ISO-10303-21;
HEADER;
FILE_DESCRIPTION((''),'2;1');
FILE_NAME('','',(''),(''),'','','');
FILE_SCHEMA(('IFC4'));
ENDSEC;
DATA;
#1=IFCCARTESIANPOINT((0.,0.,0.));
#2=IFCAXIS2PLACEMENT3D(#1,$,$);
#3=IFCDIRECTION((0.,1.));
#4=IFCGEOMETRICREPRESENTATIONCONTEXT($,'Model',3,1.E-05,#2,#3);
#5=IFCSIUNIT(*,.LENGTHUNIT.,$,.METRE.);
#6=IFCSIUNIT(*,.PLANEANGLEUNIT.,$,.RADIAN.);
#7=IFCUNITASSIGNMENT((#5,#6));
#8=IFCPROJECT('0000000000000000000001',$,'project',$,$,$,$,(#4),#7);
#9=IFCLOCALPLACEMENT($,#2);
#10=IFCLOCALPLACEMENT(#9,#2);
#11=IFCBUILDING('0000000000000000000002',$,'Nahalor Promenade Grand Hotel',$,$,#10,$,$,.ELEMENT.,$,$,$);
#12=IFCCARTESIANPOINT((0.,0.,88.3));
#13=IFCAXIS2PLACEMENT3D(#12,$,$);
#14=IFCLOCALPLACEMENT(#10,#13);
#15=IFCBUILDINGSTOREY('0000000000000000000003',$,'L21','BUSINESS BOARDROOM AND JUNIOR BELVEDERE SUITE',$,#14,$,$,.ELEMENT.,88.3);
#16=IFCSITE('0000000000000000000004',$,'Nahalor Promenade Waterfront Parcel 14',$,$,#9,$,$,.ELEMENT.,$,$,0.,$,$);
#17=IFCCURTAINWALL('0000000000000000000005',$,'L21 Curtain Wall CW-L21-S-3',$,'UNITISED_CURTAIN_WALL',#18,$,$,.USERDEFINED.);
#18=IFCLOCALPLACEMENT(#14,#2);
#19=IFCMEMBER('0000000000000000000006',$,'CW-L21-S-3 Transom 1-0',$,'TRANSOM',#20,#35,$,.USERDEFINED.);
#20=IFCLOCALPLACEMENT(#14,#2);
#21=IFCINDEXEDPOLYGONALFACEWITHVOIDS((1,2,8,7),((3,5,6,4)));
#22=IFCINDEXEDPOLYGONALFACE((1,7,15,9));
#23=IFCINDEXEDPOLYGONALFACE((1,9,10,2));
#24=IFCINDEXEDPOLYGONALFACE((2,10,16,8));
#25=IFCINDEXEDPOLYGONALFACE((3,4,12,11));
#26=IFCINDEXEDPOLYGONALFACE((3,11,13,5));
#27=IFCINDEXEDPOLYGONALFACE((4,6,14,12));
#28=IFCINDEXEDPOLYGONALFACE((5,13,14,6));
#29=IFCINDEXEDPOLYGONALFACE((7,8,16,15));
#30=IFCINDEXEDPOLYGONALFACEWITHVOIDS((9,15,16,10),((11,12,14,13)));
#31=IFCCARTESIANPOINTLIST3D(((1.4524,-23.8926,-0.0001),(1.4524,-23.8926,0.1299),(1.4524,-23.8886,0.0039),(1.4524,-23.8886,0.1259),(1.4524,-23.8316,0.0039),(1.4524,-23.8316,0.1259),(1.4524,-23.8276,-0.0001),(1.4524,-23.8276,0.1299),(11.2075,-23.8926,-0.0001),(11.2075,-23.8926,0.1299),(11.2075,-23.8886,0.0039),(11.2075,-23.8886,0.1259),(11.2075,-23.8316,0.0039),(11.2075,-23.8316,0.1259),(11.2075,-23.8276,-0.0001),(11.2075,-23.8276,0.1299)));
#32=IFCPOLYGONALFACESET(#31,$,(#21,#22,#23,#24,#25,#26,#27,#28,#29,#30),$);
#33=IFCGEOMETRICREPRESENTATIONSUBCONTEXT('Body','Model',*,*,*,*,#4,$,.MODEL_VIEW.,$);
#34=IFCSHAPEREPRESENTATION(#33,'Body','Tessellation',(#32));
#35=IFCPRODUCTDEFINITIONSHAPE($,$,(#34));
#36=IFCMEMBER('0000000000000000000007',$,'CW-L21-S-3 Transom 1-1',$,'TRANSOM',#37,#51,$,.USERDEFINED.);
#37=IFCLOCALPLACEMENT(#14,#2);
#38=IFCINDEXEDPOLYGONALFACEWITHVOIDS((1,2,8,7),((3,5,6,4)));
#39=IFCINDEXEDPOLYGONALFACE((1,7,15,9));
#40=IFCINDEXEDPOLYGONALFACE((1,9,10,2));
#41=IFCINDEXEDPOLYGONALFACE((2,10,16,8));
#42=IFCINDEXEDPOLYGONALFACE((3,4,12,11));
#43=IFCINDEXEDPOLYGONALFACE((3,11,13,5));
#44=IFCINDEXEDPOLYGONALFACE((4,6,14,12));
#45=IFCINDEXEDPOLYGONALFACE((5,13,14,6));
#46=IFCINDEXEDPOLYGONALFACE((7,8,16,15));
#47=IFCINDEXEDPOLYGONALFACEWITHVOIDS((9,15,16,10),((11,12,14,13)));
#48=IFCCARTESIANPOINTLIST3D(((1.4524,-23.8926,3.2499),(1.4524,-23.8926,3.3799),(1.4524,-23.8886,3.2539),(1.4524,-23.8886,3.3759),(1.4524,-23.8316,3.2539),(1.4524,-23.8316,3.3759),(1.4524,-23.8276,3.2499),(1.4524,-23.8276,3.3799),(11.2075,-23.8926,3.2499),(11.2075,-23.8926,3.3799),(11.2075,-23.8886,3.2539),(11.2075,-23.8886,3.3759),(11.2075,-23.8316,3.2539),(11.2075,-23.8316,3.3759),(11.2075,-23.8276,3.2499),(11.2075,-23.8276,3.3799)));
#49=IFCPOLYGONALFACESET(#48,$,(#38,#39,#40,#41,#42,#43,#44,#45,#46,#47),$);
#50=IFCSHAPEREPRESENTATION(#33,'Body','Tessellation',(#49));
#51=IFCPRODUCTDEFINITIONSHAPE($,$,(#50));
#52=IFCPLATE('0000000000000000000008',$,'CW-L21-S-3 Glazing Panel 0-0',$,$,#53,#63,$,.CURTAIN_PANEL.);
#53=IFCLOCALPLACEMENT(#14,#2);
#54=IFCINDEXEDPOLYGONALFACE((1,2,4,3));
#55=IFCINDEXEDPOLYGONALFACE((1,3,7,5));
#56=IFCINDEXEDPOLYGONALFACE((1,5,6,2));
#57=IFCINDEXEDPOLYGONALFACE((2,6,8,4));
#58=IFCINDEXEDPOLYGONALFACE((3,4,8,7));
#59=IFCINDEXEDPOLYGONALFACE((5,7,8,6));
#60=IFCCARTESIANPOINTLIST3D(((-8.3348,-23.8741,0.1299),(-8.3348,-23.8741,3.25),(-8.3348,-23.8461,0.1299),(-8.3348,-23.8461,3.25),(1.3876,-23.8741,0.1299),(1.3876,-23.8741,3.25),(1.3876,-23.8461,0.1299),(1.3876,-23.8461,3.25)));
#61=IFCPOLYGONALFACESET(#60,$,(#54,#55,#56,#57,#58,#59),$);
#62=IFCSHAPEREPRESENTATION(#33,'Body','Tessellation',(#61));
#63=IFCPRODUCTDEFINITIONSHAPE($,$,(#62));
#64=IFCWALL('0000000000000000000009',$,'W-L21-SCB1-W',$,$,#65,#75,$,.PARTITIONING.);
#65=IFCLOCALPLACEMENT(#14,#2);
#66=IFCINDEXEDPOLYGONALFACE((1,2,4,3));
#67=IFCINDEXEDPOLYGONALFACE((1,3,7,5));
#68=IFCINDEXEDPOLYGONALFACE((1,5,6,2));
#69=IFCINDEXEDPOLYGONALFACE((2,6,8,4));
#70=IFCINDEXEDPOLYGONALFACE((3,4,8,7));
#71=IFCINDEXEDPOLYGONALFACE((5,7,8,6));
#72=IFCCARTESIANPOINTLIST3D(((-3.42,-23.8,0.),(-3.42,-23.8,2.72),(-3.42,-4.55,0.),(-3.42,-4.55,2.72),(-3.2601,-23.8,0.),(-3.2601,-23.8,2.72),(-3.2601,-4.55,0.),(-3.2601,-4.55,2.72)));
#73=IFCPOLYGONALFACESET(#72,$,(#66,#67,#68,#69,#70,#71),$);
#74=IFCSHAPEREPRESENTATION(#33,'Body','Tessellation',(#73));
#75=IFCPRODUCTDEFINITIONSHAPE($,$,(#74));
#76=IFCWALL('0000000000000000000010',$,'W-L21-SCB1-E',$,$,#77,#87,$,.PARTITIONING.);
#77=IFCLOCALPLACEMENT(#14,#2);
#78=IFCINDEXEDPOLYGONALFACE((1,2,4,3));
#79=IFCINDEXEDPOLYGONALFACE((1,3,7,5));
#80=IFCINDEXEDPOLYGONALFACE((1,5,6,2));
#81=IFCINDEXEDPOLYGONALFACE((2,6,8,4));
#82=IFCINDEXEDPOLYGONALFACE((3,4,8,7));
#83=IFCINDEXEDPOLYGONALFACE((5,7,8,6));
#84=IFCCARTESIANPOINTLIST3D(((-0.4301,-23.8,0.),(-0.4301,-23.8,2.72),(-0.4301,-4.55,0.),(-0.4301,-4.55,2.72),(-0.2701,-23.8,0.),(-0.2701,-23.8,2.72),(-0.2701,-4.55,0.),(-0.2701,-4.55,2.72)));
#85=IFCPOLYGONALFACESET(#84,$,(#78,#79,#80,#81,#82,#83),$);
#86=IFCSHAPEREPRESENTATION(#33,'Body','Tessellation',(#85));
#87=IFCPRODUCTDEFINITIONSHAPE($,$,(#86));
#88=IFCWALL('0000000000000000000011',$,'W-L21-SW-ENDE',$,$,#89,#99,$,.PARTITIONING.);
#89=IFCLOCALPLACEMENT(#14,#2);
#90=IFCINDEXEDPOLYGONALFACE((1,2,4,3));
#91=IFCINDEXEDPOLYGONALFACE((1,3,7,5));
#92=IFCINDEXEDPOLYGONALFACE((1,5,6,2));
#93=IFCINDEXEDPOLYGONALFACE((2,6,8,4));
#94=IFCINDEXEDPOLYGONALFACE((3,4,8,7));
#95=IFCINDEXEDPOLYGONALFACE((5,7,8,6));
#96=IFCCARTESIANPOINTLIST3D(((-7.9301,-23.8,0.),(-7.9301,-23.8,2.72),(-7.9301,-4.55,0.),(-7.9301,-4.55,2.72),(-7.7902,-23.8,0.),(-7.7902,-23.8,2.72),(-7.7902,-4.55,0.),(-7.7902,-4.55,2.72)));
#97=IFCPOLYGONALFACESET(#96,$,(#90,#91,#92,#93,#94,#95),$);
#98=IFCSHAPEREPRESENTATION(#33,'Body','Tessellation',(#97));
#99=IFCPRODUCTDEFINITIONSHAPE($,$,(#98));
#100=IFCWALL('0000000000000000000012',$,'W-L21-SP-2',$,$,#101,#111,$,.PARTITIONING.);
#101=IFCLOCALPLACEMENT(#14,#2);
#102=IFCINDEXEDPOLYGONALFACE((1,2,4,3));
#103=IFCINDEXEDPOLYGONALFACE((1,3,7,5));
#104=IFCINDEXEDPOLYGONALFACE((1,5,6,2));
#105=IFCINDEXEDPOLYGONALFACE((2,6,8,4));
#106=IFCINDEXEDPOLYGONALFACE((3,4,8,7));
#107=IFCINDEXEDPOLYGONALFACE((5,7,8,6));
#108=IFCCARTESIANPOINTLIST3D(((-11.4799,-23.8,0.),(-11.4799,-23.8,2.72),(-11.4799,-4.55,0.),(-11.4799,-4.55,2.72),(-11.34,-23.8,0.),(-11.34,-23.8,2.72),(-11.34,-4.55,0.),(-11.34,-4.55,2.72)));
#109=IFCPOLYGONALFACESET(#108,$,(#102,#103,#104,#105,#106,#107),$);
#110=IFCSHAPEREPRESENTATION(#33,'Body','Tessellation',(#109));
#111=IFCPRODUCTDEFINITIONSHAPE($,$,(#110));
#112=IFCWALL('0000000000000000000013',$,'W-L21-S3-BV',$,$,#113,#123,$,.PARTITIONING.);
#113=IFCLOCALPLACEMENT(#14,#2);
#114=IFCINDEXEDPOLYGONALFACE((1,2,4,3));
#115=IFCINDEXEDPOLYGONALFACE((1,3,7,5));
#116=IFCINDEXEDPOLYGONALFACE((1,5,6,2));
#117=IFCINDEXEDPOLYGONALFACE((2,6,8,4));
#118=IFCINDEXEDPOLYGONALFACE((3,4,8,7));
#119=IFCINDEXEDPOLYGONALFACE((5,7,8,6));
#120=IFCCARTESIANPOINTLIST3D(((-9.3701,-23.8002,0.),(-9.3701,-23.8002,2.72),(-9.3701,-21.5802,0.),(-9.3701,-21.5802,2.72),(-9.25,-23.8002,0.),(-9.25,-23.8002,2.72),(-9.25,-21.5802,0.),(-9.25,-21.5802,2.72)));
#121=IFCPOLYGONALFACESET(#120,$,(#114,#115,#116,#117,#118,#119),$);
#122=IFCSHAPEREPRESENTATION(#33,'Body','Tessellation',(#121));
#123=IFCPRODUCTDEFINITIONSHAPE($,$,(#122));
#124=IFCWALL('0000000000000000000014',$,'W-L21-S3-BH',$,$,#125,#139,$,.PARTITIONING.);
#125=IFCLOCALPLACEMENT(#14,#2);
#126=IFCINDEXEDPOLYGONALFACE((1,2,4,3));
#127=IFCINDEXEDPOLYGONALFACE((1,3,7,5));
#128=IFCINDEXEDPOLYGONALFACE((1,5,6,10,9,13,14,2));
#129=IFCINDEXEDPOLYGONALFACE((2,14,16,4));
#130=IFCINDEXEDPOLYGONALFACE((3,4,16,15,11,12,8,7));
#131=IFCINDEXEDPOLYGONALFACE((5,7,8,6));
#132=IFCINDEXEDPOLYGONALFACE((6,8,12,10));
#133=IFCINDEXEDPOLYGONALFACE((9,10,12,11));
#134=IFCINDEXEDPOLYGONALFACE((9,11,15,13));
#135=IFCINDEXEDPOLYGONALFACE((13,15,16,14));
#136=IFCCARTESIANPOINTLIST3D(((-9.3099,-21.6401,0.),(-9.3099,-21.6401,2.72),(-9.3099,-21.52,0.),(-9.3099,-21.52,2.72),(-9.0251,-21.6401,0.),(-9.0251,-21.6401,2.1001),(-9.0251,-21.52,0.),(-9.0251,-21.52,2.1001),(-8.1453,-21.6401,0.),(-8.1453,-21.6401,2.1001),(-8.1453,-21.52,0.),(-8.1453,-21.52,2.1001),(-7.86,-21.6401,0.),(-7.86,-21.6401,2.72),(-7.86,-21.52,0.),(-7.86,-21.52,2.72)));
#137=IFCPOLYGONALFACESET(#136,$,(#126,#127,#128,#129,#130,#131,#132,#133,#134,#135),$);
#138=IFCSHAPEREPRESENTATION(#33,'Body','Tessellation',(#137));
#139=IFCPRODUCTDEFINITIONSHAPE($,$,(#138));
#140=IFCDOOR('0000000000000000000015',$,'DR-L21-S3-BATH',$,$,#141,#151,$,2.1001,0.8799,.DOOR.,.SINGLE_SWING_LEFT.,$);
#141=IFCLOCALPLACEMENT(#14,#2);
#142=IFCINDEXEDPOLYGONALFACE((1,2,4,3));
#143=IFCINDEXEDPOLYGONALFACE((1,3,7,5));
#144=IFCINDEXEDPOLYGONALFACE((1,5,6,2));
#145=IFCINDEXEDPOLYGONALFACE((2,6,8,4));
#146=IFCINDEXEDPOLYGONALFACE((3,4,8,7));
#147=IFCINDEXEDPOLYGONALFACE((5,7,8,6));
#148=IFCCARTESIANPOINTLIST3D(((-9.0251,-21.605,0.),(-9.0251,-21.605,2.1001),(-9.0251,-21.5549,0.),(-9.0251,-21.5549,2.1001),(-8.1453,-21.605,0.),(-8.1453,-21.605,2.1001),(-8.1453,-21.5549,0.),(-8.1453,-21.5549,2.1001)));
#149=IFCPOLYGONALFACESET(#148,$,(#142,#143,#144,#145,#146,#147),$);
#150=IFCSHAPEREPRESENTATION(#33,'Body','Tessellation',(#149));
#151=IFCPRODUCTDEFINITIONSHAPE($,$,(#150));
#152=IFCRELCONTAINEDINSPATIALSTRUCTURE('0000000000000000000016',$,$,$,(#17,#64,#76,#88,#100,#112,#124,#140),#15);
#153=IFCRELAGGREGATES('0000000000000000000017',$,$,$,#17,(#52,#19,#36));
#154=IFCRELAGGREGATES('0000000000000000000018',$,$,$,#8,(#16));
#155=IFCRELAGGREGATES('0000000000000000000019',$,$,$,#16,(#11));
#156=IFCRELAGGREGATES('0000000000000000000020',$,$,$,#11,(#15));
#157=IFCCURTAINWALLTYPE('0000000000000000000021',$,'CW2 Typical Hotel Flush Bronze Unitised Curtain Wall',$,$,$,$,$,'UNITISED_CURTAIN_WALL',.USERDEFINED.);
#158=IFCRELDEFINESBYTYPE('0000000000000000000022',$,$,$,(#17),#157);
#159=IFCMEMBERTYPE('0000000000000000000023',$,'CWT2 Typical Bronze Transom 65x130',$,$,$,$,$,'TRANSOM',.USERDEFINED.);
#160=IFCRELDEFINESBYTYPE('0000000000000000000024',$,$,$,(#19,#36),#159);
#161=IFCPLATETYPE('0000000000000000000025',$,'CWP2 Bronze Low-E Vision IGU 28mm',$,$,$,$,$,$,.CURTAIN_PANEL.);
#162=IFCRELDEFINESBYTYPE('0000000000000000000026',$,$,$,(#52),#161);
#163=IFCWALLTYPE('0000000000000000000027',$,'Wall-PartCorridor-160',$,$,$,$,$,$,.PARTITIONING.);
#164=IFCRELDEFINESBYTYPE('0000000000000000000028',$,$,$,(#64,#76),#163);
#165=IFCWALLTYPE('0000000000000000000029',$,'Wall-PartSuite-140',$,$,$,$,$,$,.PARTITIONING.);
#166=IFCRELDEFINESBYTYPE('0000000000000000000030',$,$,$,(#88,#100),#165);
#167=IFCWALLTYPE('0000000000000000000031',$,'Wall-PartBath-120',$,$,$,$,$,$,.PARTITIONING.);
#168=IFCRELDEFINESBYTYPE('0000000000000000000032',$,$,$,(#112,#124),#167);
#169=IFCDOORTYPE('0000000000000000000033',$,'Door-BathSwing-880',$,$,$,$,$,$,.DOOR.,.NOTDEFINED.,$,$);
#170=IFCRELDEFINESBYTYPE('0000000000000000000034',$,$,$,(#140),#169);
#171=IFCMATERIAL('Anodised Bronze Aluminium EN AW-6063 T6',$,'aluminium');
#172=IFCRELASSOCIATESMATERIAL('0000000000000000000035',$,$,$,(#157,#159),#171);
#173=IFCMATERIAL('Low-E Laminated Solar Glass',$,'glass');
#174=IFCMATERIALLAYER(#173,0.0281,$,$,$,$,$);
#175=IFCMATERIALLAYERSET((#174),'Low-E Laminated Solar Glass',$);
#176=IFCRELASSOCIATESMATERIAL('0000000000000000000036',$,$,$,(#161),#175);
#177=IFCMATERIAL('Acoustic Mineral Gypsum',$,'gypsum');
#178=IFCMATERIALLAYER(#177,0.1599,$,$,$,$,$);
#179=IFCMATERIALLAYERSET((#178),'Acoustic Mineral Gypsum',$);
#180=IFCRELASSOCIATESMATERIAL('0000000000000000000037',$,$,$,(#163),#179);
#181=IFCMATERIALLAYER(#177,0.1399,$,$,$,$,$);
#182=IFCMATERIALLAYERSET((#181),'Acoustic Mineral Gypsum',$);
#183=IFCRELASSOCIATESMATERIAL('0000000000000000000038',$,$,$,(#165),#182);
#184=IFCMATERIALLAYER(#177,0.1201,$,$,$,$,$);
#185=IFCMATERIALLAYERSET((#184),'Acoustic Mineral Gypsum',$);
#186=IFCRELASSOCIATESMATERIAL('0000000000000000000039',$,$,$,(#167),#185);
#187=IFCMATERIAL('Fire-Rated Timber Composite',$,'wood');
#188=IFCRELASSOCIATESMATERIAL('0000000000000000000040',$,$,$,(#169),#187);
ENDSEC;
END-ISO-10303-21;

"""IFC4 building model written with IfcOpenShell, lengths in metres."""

from ifc_helpers import new_model, si_unit, direction, frame, frame_2d, origin, origin_2d, place, context, subcontext, project, spatial, rectangle, hollow_rectangle, extrude, source, transform, mapped, material, layer, layer_set, material_profile, profile_set, type_object, element, fill, aggregate, save


model = new_model("IFC4")

# Units and contexts
model_context = context("Model", 3, precision=1e-05, world=origin(), true_north=direction((0.0, 1.0)))
body_context = subcontext(model_context, "Body", "Model", "MODEL_VIEW")
ifc_project = project(units=[si_unit("LENGTHUNIT", "METRE"), si_unit("PLANEANGLEUNIT", "RADIAN")], contexts=[model_context])

# Site, building, storey
site_placement = place(None, origin())
site = spatial("IfcSite", under=ifc_project, at=site_placement, Name="Nahalor Promenade Waterfront Parcel 14", CompositionType="ELEMENT", RefElevation=0.0)
building_placement = place(site_placement, origin())
building = spatial("IfcBuilding", under=site, at=building_placement, Name="Nahalor Promenade Grand Hotel", CompositionType="ELEMENT")
storey_placement = place(building_placement, frame((0.0, 0.0, 88.3)))
storey = spatial("IfcBuildingStorey", under=building, at=storey_placement, Name="L21", Description="BUSINESS BOARDROOM AND JUNIOR BELVEDERE SUITE", CompositionType="ELEMENT", Elevation=88.3)

# Curtain wall, members, plate
ifc_material_1 = material(Name="Anodised Bronze Aluminium EN AW-6063 T6", Category="aluminium")
curtain_wall_type = type_object("IfcCurtainWallType", Name="CW2 Typical Hotel Flush Bronze Unitised Curtain Wall", ElementType="UNITISED_CURTAIN_WALL", PredefinedType="USERDEFINED", material=ifc_material_1)
curtain_wall_placement = place(storey_placement, origin())
curtain_wall = element("IfcCurtainWall", 1, at=curtain_wall_placement, inside=storey, type_object=curtain_wall_type, Name="L21 Curtain Wall CW-L21-S-3", ObjectType="UNITISED_CURTAIN_WALL", PredefinedType="USERDEFINED")
ifc_material_profile_1 = material_profile(ifc_material_1, hollow_rectangle(XDim=0.065, YDim=0.13, WallThickness=0.004, at=origin_2d()), Name="CWT 65x130x4")
ifc_profile_set_1 = profile_set([ifc_material_profile_1], Name="Anodised Bronze Aluminium EN AW-6063 T6")
member_type_1 = type_object("IfcMemberType", Name="CWT2 Typical Bronze Transom 65x130", ElementType="TRANSOM", PredefinedType="USERDEFINED", material=ifc_profile_set_1)
shared_shape_1 = source(origin(), body_context, "Body", "SweptSolid", [
    extrude(hollow_rectangle(XDim=0.065, YDim=0.13, WallThickness=0.004, at=origin_2d()), origin(), (0.0, 0.0, 1.0), 9.7551),
])
member_1_placement = place(storey_placement, frame((1.4524, -23.8601, 0.0649), z_axis=(1.0, 0.0, 0.0), x_axis=(0.0, 1.0, 0.0)))
member_1 = element("IfcMember", 2, at=member_1_placement, type_object=member_type_1, Name="CW-L21-S-3 Transom 1-0", ObjectType="TRANSOM", PredefinedType="USERDEFINED", context=body_context, shape_type="MappedRepresentation", body=[
    mapped(shared_shape_1, transform((0.0, 0.0, 0.0), scale=1.0)),
])
member_2_placement = place(storey_placement, frame((1.4524, -23.8601, 3.3149), z_axis=(1.0, 0.0, 0.0), x_axis=(0.0, 1.0, 0.0)))
member_2 = element("IfcMember", 3, at=member_2_placement, type_object=member_type_1, Name="CW-L21-S-3 Transom 1-1", ObjectType="TRANSOM", PredefinedType="USERDEFINED", context=body_context, shape_type="MappedRepresentation", body=[
    mapped(shared_shape_1, transform((0.0, 0.0, 0.0), scale=1.0)),
])
ifc_material_2 = material(Name="Low-E Laminated Solar Glass", Category="glass")
ifc_layer_1 = layer(ifc_material_2, 0.0281)
ifc_layer_set_1 = layer_set([ifc_layer_1], Name="Low-E Laminated Solar Glass")
plate_type = type_object("IfcPlateType", Name="CWP2 Bronze Low-E Vision IGU 28mm", PredefinedType="CURTAIN_PANEL", material=ifc_layer_set_1)
shared_shape_2 = source(origin(), body_context, "Body", "SweptSolid", [
    extrude(rectangle(XDim=9.7224, YDim=0.0281, at=origin_2d()), origin(), (0.0, 0.0, 1.0), 3.1201),
])
plate_placement = place(storey_placement, frame((-3.4736, -23.8601, 0.1299), z_axis=(0.0, 0.0, 1.0), x_axis=(1.0, 0.0, 0.0)))
plate = element("IfcPlate", 4, at=plate_placement, type_object=plate_type, Name="CW-L21-S-3 Glazing Panel 0-0", PredefinedType="CURTAIN_PANEL", context=body_context, shape_type="MappedRepresentation", body=[
    mapped(shared_shape_2, transform((0.0, 0.0, 0.0), scale=1.0)),
])
aggregate(curtain_wall, [plate, member_1, member_2])

# Walls
ifc_material_3 = material(Name="Acoustic Mineral Gypsum", Category="gypsum")
ifc_layer_2 = layer(ifc_material_3, 0.1599)
ifc_layer_set_2 = layer_set([ifc_layer_2], Name="Acoustic Mineral Gypsum")
wall_type_1 = type_object("IfcWallType", Name="Wall-PartCorridor-160", PredefinedType="PARTITIONING", material=ifc_layer_set_2)
shared_shape_3 = source(origin(), body_context, "Body", "SweptSolid", [
    extrude(rectangle(XDim=19.25, YDim=0.1599, at=frame_2d((9.625, 0.0))), origin(), (0.0, 0.0, 1.0), 2.72),
])
for number, where, z_axis, x_axis, name in (
    (5, (-3.3401, -23.8, 0.0), (0.0, 0.0, 1.0), (0.0, 1.0, 0.0), "W-L21-SCB1-W"),
    (6, (-0.3501, -23.8, 0.0), (0.0, 0.0, 1.0), (0.0, 1.0, 0.0), "W-L21-SCB1-E"),
):
    element("IfcWall", number, at=place(storey_placement, frame(where, z_axis=z_axis, x_axis=x_axis)), inside=storey, type_object=wall_type_1, Name=name, PredefinedType="PARTITIONING", context=body_context, shape_type="MappedRepresentation", body=[
        mapped(shared_shape_3, transform((0.0, 0.0, 0.0), scale=1.0)),
    ])
ifc_layer_3 = layer(ifc_material_3, 0.1399)
ifc_layer_set_3 = layer_set([ifc_layer_3], Name="Acoustic Mineral Gypsum")
wall_type_2 = type_object("IfcWallType", Name="Wall-PartSuite-140", PredefinedType="PARTITIONING", material=ifc_layer_set_3)
shared_shape_4 = source(origin(), body_context, "Body", "SweptSolid", [
    extrude(rectangle(XDim=19.25, YDim=0.1399, at=frame_2d((9.625, 0.0))), origin(), (0.0, 0.0, 1.0), 2.72),
])
for number, where, z_axis, x_axis, name in (
    (7, (-7.8601, -23.8, 0.0), (0.0, 0.0, 1.0), (0.0, 1.0, 0.0), "W-L21-SW-ENDE"),
    (8, (-11.4099, -23.8, 0.0), (0.0, 0.0, 1.0), (0.0, 1.0, 0.0), "W-L21-SP-2"),
):
    element("IfcWall", number, at=place(storey_placement, frame(where, z_axis=z_axis, x_axis=x_axis)), inside=storey, type_object=wall_type_2, Name=name, PredefinedType="PARTITIONING", context=body_context, shape_type="MappedRepresentation", body=[
        mapped(shared_shape_4, transform((0.0, 0.0, 0.0), scale=1.0)),
    ])
ifc_layer_4 = layer(ifc_material_3, 0.1201)
ifc_layer_set_4 = layer_set([ifc_layer_4], Name="Acoustic Mineral Gypsum")
wall_type_3 = type_object("IfcWallType", Name="Wall-PartBath-120", PredefinedType="PARTITIONING", material=ifc_layer_set_4)
shared_shape_5 = source(origin(), body_context, "Body", "SweptSolid", [
    extrude(rectangle(XDim=2.22, YDim=0.1201, at=frame_2d((1.1099, 0.0))), origin(), (0.0, 0.0, 1.0), 2.72),
])
wall_1_placement = place(storey_placement, frame((-9.3101, -23.8, 0.0), z_axis=(0.0, 0.0, 1.0), x_axis=(0.0, 1.0, 0.0)))
element("IfcWall", 9, at=wall_1_placement, inside=storey, type_object=wall_type_3, Name="W-L21-S3-BV", PredefinedType="PARTITIONING", context=body_context, shape_type="MappedRepresentation", body=[
    mapped(shared_shape_5, transform((0.0, 0.0, 0.0), scale=1.0)),
])

# Wall, opening, door
shared_shape_6 = source(origin(), body_context, "Body", "SweptSolid", [
    extrude(rectangle(XDim=1.45, YDim=0.1201, at=frame_2d((0.7251, 0.0))), origin(), (0.0, 0.0, 1.0), 2.72),
])
wall_2_placement = place(storey_placement, frame((-9.3101, -21.5801, 0.0), z_axis=(0.0, 0.0, 1.0), x_axis=(1.0, 0.0, 0.0)))
wall_2 = element("IfcWall", 10, at=wall_2_placement, inside=storey, type_object=wall_type_3, Name="W-L21-S3-BH", PredefinedType="PARTITIONING", context=body_context, shape_type="MappedRepresentation", body=[
    mapped(shared_shape_6, transform((0.0, 0.0, 0.0), scale=1.0)),
])
opening_placement = place(wall_2_placement, frame((0.2849, 0.0, 0.0)))
opening = element("IfcOpeningElement", 11, at=opening_placement, cuts=wall_2, PredefinedType="OPENING", context=body_context, shape_type="SweptSolid", body=[
    extrude(rectangle(XDim=0.8799, YDim=2.1001, at=frame_2d((0.4399, 1.05))), frame((0.0, 0.0701, 0.0), z_axis=(0.0, -1.0, 0.0), x_axis=(1.0, 0.0, 0.0)), (0.0, 0.0, 1.0), 0.1401),
])
ifc_material_4 = material(Name="Fire-Rated Timber Composite", Category="wood")
door_type = type_object("IfcDoorType", Name="Door-BathSwing-880", OperationType="NOTDEFINED", PredefinedType="DOOR", material=ifc_material_4)
shared_shape_7 = source(origin(), body_context, "Body", "SweptSolid", [
    extrude(rectangle(XDim=0.8799, YDim=2.1001, at=frame_2d((0.4399, 1.05))), frame((0.0, 0.0249, 0.0), z_axis=(0.0, -1.0, 0.0), x_axis=(1.0, 0.0, 0.0)), (0.0, 0.0, 1.0), 0.05),
])
door_placement = place(opening_placement, frame((0.8799, 0.0, 0.0), z_axis=(0.0, 0.0, 1.0), x_axis=(-1.0, 0.0, 0.0)))
door = element("IfcDoor", 12, at=door_placement, inside=storey, type_object=door_type, Name="DR-L21-S3-BATH", OperationType="SINGLE_SWING_LEFT", OverallHeight=2.1001, OverallWidth=0.8799, PredefinedType="DOOR", context=body_context, shape_type="MappedRepresentation", body=[
    mapped(shared_shape_7, transform((0.0, 0.0, 0.0), scale=1.0)),
])
fill(opening, door)

save(model, "model.ifc")
